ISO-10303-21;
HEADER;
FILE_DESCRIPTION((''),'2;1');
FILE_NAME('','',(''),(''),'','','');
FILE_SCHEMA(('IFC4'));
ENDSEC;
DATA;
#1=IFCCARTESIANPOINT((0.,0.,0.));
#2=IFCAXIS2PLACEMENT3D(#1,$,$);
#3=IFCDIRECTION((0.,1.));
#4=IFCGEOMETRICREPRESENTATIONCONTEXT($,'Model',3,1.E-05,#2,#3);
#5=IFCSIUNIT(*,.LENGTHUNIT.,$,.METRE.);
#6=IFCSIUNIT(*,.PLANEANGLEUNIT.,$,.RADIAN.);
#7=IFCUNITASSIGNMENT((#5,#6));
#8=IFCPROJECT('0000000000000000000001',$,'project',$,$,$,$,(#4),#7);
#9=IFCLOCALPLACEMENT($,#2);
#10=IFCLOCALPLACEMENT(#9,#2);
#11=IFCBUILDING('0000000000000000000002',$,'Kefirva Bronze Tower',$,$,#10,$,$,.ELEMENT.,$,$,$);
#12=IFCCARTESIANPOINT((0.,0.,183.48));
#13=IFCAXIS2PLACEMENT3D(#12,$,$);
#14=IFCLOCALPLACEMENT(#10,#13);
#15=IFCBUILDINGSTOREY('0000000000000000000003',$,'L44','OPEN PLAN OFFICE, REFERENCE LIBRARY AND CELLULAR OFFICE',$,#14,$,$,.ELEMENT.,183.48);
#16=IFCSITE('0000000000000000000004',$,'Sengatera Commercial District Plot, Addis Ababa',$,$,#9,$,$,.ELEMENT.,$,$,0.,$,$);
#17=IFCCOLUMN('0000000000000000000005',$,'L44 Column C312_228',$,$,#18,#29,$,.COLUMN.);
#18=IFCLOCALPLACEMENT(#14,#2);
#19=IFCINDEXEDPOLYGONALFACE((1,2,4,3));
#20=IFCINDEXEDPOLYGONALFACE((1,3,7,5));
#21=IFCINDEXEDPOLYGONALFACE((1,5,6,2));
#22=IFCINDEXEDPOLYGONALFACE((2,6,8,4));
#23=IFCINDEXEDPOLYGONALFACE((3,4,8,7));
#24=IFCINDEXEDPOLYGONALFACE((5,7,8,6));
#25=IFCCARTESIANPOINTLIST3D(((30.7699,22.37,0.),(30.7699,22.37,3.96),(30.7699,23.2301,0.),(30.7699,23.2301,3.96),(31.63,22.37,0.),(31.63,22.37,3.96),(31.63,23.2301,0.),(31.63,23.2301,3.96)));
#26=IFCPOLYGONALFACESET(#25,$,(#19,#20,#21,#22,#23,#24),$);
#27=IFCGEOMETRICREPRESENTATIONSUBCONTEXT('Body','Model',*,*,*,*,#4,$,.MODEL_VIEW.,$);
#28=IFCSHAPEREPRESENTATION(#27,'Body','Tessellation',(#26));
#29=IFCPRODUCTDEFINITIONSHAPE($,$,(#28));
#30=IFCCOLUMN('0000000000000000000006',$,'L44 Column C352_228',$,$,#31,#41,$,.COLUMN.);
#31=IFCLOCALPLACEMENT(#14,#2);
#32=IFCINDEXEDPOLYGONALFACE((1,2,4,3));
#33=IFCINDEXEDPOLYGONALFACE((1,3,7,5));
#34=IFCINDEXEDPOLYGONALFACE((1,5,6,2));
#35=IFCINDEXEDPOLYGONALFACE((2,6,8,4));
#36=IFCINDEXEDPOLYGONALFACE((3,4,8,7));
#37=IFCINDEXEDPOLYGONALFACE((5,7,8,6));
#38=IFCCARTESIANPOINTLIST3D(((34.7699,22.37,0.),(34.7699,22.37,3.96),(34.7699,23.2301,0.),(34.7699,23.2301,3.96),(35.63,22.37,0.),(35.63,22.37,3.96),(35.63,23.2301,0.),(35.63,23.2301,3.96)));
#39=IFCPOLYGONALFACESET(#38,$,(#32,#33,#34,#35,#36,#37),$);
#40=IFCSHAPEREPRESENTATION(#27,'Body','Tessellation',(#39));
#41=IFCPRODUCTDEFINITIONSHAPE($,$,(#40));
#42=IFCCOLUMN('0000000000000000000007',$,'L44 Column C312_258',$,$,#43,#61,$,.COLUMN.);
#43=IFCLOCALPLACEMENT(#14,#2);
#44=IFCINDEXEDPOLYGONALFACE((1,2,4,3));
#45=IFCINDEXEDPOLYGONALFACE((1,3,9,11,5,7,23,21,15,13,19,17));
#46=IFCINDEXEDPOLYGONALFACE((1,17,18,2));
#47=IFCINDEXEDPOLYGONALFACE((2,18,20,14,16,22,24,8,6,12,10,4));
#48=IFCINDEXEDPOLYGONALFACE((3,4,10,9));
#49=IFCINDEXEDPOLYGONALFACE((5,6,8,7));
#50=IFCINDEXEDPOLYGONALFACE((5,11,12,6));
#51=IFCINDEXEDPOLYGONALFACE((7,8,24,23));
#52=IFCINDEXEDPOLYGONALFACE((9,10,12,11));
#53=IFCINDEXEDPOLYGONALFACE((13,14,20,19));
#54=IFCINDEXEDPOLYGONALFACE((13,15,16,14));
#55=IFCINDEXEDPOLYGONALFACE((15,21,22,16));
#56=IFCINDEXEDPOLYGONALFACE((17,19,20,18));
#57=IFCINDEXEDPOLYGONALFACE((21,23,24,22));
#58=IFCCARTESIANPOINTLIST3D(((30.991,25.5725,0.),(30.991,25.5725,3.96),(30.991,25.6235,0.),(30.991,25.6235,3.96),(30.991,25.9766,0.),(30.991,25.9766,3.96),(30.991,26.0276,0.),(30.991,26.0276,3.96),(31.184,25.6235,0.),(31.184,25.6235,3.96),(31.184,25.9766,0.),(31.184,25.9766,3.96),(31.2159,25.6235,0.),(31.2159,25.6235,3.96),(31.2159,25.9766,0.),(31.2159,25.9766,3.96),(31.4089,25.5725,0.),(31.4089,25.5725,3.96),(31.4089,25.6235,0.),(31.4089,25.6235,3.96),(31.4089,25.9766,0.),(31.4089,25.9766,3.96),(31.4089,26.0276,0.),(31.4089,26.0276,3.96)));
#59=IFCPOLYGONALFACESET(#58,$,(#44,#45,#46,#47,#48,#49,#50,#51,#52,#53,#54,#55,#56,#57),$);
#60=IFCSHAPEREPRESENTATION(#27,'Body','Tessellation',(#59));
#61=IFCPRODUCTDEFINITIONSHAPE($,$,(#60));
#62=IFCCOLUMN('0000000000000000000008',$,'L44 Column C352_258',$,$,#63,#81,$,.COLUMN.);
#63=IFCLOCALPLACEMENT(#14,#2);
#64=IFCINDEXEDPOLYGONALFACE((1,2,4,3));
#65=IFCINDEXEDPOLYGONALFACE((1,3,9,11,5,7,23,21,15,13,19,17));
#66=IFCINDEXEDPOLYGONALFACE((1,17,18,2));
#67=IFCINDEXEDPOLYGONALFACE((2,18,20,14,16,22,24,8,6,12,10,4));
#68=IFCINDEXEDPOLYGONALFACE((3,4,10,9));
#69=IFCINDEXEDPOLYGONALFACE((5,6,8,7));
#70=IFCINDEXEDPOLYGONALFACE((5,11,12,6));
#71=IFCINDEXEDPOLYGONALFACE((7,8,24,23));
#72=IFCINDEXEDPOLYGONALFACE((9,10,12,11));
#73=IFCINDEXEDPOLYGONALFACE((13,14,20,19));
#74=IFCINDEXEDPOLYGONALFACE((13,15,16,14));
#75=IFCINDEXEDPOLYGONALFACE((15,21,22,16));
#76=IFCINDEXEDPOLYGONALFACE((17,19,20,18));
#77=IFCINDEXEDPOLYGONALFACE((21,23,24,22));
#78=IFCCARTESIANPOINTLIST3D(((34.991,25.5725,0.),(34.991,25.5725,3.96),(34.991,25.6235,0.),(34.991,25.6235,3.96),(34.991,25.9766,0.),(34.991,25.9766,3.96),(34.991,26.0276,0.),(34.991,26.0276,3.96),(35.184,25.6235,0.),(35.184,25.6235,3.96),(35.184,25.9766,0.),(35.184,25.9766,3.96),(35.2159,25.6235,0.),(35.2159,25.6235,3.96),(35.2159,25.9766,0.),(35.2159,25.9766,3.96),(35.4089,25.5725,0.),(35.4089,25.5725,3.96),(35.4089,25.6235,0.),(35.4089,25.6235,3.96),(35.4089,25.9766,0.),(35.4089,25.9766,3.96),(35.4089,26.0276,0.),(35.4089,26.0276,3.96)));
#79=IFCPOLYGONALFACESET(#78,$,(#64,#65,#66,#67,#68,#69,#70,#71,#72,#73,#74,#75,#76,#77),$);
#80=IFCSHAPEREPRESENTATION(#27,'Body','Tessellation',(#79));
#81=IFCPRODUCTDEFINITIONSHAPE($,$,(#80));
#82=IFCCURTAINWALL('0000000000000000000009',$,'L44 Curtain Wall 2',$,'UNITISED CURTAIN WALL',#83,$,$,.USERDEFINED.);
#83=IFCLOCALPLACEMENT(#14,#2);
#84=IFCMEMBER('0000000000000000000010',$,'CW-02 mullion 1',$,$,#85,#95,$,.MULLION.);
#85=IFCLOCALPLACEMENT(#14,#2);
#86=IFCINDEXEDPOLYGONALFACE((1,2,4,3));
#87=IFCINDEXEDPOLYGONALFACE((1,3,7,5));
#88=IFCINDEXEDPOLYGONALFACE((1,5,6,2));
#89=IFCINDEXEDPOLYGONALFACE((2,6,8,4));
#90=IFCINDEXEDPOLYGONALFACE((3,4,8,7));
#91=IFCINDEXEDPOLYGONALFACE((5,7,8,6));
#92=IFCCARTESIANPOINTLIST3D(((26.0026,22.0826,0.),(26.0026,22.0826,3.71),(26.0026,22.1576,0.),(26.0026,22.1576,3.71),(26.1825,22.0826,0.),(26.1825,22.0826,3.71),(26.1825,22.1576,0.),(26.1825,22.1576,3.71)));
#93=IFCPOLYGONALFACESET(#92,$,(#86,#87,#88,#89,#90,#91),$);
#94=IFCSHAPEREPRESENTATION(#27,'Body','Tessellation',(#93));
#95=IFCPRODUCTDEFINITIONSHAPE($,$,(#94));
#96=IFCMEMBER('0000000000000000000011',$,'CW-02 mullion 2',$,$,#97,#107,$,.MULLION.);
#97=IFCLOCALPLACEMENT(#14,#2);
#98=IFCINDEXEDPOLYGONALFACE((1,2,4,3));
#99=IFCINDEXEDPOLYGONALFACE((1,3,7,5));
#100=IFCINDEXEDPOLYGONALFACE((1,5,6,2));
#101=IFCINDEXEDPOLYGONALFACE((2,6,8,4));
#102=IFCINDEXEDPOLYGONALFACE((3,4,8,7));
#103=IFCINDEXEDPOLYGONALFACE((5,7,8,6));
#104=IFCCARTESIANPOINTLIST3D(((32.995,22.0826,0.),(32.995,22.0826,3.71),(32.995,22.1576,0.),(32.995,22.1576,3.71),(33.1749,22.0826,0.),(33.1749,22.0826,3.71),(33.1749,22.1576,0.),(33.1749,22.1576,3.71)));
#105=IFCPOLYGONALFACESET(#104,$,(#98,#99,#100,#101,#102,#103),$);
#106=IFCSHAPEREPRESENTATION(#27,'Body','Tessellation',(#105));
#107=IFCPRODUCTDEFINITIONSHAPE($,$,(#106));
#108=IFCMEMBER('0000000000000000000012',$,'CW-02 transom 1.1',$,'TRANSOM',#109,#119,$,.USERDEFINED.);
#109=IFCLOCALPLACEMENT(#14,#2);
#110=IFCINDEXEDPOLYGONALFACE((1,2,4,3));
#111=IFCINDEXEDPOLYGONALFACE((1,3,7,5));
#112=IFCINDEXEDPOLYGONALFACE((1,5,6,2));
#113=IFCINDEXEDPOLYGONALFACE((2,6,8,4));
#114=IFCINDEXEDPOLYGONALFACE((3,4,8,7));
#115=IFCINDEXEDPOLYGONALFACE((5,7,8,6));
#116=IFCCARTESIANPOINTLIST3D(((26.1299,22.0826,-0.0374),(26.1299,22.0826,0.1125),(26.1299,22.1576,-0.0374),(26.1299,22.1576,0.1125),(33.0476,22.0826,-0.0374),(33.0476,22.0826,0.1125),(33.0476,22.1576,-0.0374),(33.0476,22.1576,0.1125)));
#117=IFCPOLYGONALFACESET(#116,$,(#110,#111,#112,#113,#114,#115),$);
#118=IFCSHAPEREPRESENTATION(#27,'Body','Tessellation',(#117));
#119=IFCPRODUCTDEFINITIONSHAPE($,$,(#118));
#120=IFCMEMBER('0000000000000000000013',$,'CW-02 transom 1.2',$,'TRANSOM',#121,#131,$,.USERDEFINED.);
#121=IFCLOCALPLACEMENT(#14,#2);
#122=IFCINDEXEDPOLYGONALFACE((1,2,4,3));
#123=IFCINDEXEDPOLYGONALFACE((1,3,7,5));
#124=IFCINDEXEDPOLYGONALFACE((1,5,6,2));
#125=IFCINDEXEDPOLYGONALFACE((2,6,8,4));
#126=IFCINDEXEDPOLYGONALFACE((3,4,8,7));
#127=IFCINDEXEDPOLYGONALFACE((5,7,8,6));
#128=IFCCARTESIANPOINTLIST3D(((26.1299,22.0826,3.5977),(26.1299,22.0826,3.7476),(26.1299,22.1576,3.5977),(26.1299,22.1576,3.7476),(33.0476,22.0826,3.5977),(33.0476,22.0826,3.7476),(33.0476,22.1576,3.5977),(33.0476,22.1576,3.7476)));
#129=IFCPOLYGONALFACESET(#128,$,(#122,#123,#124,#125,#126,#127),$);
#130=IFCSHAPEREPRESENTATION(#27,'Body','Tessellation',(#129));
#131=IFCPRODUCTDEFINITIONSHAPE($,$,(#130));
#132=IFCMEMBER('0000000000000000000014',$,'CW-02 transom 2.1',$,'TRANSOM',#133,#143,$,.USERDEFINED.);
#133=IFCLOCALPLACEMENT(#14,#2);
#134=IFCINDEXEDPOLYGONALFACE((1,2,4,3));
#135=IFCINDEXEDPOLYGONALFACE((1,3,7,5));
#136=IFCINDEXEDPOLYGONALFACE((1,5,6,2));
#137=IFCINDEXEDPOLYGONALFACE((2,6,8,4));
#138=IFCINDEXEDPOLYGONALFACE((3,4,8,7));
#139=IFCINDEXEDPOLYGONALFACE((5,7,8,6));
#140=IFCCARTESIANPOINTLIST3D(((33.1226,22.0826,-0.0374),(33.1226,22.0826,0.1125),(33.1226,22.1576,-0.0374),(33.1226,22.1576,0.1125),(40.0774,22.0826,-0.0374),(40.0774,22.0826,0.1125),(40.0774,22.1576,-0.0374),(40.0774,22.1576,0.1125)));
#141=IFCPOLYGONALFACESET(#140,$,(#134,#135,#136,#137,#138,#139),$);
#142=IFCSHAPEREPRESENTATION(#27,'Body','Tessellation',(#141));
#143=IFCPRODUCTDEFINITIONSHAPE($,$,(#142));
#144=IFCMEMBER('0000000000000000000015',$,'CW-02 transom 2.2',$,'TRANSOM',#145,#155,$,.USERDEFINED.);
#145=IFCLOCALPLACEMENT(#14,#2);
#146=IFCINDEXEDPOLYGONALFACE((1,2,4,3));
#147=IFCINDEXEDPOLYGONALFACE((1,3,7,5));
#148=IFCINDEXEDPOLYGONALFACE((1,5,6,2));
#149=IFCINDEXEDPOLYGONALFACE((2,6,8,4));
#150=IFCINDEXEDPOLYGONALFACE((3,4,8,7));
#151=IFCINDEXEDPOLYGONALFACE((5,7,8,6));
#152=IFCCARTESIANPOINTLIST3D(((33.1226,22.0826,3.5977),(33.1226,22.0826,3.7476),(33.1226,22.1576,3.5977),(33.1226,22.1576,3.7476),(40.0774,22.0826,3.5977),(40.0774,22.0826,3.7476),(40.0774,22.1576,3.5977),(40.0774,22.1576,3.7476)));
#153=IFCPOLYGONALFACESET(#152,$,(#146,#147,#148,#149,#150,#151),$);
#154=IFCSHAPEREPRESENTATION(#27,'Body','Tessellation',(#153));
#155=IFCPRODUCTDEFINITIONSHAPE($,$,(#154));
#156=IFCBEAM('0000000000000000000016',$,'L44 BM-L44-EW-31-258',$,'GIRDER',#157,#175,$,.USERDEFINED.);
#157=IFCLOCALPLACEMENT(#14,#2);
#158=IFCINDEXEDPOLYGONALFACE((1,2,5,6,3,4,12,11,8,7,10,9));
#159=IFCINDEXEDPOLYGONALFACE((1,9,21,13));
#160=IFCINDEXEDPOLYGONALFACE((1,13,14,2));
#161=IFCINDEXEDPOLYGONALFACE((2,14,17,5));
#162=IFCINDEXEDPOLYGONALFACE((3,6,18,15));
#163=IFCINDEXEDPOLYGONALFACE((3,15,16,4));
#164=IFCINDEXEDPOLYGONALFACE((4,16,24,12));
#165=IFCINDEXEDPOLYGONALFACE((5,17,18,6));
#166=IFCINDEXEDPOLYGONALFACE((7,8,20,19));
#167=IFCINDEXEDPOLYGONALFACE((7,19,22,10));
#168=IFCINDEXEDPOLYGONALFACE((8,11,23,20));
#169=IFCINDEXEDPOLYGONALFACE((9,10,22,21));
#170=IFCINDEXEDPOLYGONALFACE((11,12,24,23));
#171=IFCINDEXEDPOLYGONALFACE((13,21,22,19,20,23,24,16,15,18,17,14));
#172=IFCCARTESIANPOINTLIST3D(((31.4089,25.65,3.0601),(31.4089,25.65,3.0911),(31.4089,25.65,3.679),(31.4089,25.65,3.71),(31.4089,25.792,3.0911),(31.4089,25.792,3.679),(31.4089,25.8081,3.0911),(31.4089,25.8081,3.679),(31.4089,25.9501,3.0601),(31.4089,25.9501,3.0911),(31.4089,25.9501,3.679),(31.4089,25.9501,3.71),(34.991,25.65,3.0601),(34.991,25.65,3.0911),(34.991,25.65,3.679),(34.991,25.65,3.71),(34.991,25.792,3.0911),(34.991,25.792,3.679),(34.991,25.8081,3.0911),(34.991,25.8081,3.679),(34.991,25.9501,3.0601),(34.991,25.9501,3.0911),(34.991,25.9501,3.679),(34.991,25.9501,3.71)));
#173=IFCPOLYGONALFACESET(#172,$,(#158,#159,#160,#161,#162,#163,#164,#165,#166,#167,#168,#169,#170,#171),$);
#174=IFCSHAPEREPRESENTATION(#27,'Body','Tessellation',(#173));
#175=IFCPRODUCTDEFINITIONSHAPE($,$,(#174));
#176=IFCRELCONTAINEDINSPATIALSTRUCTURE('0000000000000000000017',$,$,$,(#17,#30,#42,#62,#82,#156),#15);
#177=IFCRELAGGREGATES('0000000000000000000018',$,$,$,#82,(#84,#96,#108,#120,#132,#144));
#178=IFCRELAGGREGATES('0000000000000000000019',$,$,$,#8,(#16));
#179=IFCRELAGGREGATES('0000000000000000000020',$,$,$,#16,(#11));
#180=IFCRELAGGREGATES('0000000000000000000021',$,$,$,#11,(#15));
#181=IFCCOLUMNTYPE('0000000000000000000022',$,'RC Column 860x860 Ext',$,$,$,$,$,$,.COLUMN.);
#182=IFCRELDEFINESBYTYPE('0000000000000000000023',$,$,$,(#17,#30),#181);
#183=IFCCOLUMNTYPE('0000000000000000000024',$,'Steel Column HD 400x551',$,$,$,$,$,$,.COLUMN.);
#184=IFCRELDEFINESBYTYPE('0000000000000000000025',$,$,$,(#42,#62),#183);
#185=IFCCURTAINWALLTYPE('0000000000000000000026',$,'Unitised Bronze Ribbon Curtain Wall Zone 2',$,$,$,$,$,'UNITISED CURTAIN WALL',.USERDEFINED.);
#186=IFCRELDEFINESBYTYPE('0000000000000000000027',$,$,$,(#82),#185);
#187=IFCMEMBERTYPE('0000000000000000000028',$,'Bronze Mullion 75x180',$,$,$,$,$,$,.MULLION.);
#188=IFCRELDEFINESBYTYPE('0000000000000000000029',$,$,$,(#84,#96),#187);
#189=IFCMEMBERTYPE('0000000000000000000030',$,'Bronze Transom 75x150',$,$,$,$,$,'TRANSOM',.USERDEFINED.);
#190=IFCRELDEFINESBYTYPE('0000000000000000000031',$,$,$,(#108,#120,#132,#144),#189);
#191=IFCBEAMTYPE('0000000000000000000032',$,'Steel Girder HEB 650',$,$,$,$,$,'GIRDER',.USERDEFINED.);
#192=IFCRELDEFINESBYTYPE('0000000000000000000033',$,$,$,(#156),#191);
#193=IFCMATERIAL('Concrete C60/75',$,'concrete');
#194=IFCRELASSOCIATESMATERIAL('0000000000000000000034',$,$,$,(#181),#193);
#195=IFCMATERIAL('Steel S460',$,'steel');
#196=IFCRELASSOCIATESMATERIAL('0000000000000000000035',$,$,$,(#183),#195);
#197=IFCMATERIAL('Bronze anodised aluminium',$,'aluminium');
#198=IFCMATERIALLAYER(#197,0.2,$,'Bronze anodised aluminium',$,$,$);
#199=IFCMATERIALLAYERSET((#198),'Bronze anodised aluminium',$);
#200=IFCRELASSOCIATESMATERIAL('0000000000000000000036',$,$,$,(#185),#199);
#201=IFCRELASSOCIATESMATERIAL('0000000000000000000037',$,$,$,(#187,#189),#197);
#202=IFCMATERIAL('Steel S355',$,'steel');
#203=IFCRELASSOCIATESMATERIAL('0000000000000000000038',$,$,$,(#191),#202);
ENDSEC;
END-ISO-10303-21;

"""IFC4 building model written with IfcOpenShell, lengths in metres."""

from ifc_helpers import new_model, si_unit, direction, frame, origin, origin_2d, place, context, subcontext, project, spatial, rectangle, i_section, extrude, material, layer, layer_set, material_profile, profile_set, type_object, element, aggregate, save


model = new_model("IFC4")

# Units and contexts
model_context = context("Model", 3, precision=1e-05, world=origin(), true_north=direction((0.0, 1.0)))
body_context = subcontext(model_context, "Body", "Model", "MODEL_VIEW")
ifc_project = project(units=[si_unit("LENGTHUNIT", "METRE"), si_unit("PLANEANGLEUNIT", "RADIAN")], contexts=[model_context])

# Site, building, storey
site_placement = place(None, origin())
site = spatial("IfcSite", under=ifc_project, at=site_placement, Name="Sengatera Commercial District Plot, Addis Ababa", CompositionType="ELEMENT", RefElevation=0.0)
building_placement = place(site_placement, origin())
building = spatial("IfcBuilding", under=site, at=building_placement, Name="Kefirva Bronze Tower", CompositionType="ELEMENT")
storey_placement = place(building_placement, frame((0.0, 0.0, 183.48)))
storey = spatial("IfcBuildingStorey", under=building, at=storey_placement, Name="L44", Description="OPEN PLAN OFFICE, REFERENCE LIBRARY AND CELLULAR OFFICE", CompositionType="ELEMENT", Elevation=183.48)

# Columns
ifc_material_1 = material(Name="Concrete C60/75", Category="concrete")
ifc_material_profile_1 = material_profile(ifc_material_1, rectangle(XDim=0.8601, YDim=0.8601, at=origin_2d()), Name="RC 860x860")
ifc_profile_set_1 = profile_set([ifc_material_profile_1], Name="Concrete C60/75")
column_type_1 = type_object("IfcColumnType", Name="RC Column 860x860 Ext", PredefinedType="COLUMN", material=ifc_profile_set_1)
for number, where, z_axis, x_axis, name in (
    (1, (31.2, 22.8, 0.0), (0.0, 0.0, 1.0), (1.0, 0.0, 0.0), "L44 Column C312_228"),
    (2, (35.2, 22.8, 0.0), (0.0, 0.0, 1.0), (1.0, 0.0, 0.0), "L44 Column C352_228"),
):
    element("IfcColumn", number, at=place(storey_placement, frame(where, z_axis=z_axis, x_axis=x_axis)), inside=storey, type_object=column_type_1, Name=name, PredefinedType="COLUMN", context=body_context, shape_type="SweptSolid", body=[
        extrude(rectangle(XDim=0.8601, YDim=0.8601, at=origin_2d()), origin(), (0.0, 0.0, 1.0), 3.96),
    ])
ifc_material_2 = material(Name="Steel S460", Category="steel")
ifc_material_profile_2 = material_profile(ifc_material_2, i_section(OverallWidth=0.418, OverallDepth=0.4551, WebThickness=0.032, FlangeThickness=0.051, at=origin_2d()), Name="HD 400x551")
ifc_profile_set_2 = profile_set([ifc_material_profile_2], Name="Steel S460")
column_type_2 = type_object("IfcColumnType", Name="Steel Column HD 400x551", PredefinedType="COLUMN", material=ifc_profile_set_2)
for number, where, z_axis, x_axis, name in (
    (3, (31.2, 25.8, 0.0), (0.0, 0.0, 1.0), (1.0, 0.0, 0.0), "L44 Column C312_258"),
    (4, (35.2, 25.8, 0.0), (0.0, 0.0, 1.0), (1.0, 0.0, 0.0), "L44 Column C352_258"),
):
    element("IfcColumn", number, at=place(storey_placement, frame(where, z_axis=z_axis, x_axis=x_axis)), inside=storey, type_object=column_type_2, Name=name, PredefinedType="COLUMN", context=body_context, shape_type="SweptSolid", body=[
        extrude(i_section(OverallWidth=0.418, OverallDepth=0.4551, WebThickness=0.032, FlangeThickness=0.051, at=origin_2d()), origin(), (0.0, 0.0, 1.0), 3.96),
    ])

# Curtain wall, members
ifc_material_3 = material(Name="Bronze anodised aluminium", Category="aluminium")
ifc_layer_1 = layer(ifc_material_3, 0.2, Name="Bronze anodised aluminium")
ifc_layer_set_1 = layer_set([ifc_layer_1], Name="Bronze anodised aluminium")
curtain_wall_type = type_object("IfcCurtainWallType", Name="Unitised Bronze Ribbon Curtain Wall Zone 2", ElementType="UNITISED CURTAIN WALL", PredefinedType="USERDEFINED", material=ifc_layer_set_1)
curtain_wall_placement = place(storey_placement, origin())
curtain_wall = element("IfcCurtainWall", 5, at=curtain_wall_placement, inside=storey, type_object=curtain_wall_type, Name="L44 Curtain Wall 2", ObjectType="UNITISED CURTAIN WALL", PredefinedType="USERDEFINED")
ifc_material_profile_3 = material_profile(ifc_material_3, rectangle(XDim=0.075, YDim=0.1799, at=origin_2d()), Name="ALU 75x180")
ifc_profile_set_3 = profile_set([ifc_material_profile_3], Name="Bronze anodised aluminium")
member_type_1 = type_object("IfcMemberType", Name="Bronze Mullion 75x180", PredefinedType="MULLION", material=ifc_profile_set_3)
member_1_placement = place(storey_placement, frame((26.0925, 22.1201, 0.0), z_axis=(0.0, 0.0, 1.0), x_axis=(0.0, 1.0, 0.0)))
member_1 = element("IfcMember", 6, at=member_1_placement, type_object=member_type_1, Name="CW-02 mullion 1", PredefinedType="MULLION", context=body_context, shape_type="SweptSolid", body=[
    extrude(rectangle(XDim=0.075, YDim=0.1799, at=origin_2d()), origin(), (0.0, 0.0, 1.0), 3.71),
])
member_2_placement = place(storey_placement, frame((33.085, 22.1201, 0.0), z_axis=(0.0, 0.0, 1.0), x_axis=(0.0, 1.0, 0.0)))
member_2 = element("IfcMember", 7, at=member_2_placement, type_object=member_type_1, Name="CW-02 mullion 2", PredefinedType="MULLION", context=body_context, shape_type="SweptSolid", body=[
    extrude(rectangle(XDim=0.075, YDim=0.1799, at=origin_2d()), origin(), (0.0, 0.0, 1.0), 3.71),
])
ifc_material_profile_4 = material_profile(ifc_material_3, rectangle(XDim=0.075, YDim=0.1499, at=origin_2d()), Name="ALU 75x150")
ifc_profile_set_4 = profile_set([ifc_material_profile_4], Name="Bronze anodised aluminium")
member_type_2 = type_object("IfcMemberType", Name="Bronze Transom 75x150", ElementType="TRANSOM", PredefinedType="USERDEFINED", material=ifc_profile_set_4)
member_3_placement = place(storey_placement, frame((26.1299, 22.1201, 0.0376), z_axis=(1.0, 0.0, 0.0), x_axis=(0.0, 1.0, 0.0)))
member_3 = element("IfcMember", 8, at=member_3_placement, type_object=member_type_2, Name="CW-02 transom 1.1", ObjectType="TRANSOM", PredefinedType="USERDEFINED", context=body_context, shape_type="SweptSolid", body=[
    extrude(rectangle(XDim=0.075, YDim=0.1499, at=origin_2d()), origin(), (0.0, 0.0, 1.0), 6.9177),
])
member_4_placement = place(storey_placement, frame((26.1299, 22.1201, 3.6726), z_axis=(1.0, 0.0, 0.0), x_axis=(0.0, 1.0, 0.0)))
member_4 = element("IfcMember", 9, at=member_4_placement, type_object=member_type_2, Name="CW-02 transom 1.2", ObjectType="TRANSOM", PredefinedType="USERDEFINED", context=body_context, shape_type="SweptSolid", body=[
    extrude(rectangle(XDim=0.075, YDim=0.1499, at=origin_2d()), origin(), (0.0, 0.0, 1.0), 6.9177),
])
member_5_placement = place(storey_placement, frame((33.1226, 22.1201, 0.0376), z_axis=(1.0, 0.0, 0.0), x_axis=(0.0, 1.0, 0.0)))
member_5 = element("IfcMember", 10, at=member_5_placement, type_object=member_type_2, Name="CW-02 transom 2.1", ObjectType="TRANSOM", PredefinedType="USERDEFINED", context=body_context, shape_type="SweptSolid", body=[
    extrude(rectangle(XDim=0.075, YDim=0.1499, at=origin_2d()), origin(), (0.0, 0.0, 1.0), 6.9548),
])
member_6_placement = place(storey_placement, frame((33.1226, 22.1201, 3.6726), z_axis=(1.0, 0.0, 0.0), x_axis=(0.0, 1.0, 0.0)))
member_6 = element("IfcMember", 11, at=member_6_placement, type_object=member_type_2, Name="CW-02 transom 2.2", ObjectType="TRANSOM", PredefinedType="USERDEFINED", context=body_context, shape_type="SweptSolid", body=[
    extrude(rectangle(XDim=0.075, YDim=0.1499, at=origin_2d()), origin(), (0.0, 0.0, 1.0), 6.9548),
])

# Beam
ifc_material_4 = material(Name="Steel S355", Category="steel")
ifc_material_profile_5 = material_profile(ifc_material_4, i_section(OverallWidth=0.3, OverallDepth=0.6499, WebThickness=0.0161, FlangeThickness=0.031, at=origin_2d()), Name="HEB 650")
ifc_profile_set_5 = profile_set([ifc_material_profile_5], Name="Steel S355")
beam_type_1 = type_object("IfcBeamType", Name="Steel Girder HEB 650", ElementType="GIRDER", PredefinedType="USERDEFINED", material=ifc_profile_set_5)
beam_1_placement = place(storey_placement, frame((31.4089, 25.8, 3.385), z_axis=(1.0, 0.0, 0.0), x_axis=(0.0, 1.0, 0.0)))
element("IfcBeam", 12, at=beam_1_placement, inside=storey, type_object=beam_type_1, Name="L44 BM-L44-EW-31-258", ObjectType="GIRDER", PredefinedType="USERDEFINED", context=body_context, shape_type="SweptSolid", body=[
    extrude(i_section(OverallWidth=0.3, OverallDepth=0.6499, WebThickness=0.0161, FlangeThickness=0.031, at=origin_2d()), origin(), (0.0, 0.0, 1.0), 3.582),
])

aggregate(curtain_wall, [member_1, member_2, member_3, member_4, member_5, member_6])

save(model, "model.ifc")
